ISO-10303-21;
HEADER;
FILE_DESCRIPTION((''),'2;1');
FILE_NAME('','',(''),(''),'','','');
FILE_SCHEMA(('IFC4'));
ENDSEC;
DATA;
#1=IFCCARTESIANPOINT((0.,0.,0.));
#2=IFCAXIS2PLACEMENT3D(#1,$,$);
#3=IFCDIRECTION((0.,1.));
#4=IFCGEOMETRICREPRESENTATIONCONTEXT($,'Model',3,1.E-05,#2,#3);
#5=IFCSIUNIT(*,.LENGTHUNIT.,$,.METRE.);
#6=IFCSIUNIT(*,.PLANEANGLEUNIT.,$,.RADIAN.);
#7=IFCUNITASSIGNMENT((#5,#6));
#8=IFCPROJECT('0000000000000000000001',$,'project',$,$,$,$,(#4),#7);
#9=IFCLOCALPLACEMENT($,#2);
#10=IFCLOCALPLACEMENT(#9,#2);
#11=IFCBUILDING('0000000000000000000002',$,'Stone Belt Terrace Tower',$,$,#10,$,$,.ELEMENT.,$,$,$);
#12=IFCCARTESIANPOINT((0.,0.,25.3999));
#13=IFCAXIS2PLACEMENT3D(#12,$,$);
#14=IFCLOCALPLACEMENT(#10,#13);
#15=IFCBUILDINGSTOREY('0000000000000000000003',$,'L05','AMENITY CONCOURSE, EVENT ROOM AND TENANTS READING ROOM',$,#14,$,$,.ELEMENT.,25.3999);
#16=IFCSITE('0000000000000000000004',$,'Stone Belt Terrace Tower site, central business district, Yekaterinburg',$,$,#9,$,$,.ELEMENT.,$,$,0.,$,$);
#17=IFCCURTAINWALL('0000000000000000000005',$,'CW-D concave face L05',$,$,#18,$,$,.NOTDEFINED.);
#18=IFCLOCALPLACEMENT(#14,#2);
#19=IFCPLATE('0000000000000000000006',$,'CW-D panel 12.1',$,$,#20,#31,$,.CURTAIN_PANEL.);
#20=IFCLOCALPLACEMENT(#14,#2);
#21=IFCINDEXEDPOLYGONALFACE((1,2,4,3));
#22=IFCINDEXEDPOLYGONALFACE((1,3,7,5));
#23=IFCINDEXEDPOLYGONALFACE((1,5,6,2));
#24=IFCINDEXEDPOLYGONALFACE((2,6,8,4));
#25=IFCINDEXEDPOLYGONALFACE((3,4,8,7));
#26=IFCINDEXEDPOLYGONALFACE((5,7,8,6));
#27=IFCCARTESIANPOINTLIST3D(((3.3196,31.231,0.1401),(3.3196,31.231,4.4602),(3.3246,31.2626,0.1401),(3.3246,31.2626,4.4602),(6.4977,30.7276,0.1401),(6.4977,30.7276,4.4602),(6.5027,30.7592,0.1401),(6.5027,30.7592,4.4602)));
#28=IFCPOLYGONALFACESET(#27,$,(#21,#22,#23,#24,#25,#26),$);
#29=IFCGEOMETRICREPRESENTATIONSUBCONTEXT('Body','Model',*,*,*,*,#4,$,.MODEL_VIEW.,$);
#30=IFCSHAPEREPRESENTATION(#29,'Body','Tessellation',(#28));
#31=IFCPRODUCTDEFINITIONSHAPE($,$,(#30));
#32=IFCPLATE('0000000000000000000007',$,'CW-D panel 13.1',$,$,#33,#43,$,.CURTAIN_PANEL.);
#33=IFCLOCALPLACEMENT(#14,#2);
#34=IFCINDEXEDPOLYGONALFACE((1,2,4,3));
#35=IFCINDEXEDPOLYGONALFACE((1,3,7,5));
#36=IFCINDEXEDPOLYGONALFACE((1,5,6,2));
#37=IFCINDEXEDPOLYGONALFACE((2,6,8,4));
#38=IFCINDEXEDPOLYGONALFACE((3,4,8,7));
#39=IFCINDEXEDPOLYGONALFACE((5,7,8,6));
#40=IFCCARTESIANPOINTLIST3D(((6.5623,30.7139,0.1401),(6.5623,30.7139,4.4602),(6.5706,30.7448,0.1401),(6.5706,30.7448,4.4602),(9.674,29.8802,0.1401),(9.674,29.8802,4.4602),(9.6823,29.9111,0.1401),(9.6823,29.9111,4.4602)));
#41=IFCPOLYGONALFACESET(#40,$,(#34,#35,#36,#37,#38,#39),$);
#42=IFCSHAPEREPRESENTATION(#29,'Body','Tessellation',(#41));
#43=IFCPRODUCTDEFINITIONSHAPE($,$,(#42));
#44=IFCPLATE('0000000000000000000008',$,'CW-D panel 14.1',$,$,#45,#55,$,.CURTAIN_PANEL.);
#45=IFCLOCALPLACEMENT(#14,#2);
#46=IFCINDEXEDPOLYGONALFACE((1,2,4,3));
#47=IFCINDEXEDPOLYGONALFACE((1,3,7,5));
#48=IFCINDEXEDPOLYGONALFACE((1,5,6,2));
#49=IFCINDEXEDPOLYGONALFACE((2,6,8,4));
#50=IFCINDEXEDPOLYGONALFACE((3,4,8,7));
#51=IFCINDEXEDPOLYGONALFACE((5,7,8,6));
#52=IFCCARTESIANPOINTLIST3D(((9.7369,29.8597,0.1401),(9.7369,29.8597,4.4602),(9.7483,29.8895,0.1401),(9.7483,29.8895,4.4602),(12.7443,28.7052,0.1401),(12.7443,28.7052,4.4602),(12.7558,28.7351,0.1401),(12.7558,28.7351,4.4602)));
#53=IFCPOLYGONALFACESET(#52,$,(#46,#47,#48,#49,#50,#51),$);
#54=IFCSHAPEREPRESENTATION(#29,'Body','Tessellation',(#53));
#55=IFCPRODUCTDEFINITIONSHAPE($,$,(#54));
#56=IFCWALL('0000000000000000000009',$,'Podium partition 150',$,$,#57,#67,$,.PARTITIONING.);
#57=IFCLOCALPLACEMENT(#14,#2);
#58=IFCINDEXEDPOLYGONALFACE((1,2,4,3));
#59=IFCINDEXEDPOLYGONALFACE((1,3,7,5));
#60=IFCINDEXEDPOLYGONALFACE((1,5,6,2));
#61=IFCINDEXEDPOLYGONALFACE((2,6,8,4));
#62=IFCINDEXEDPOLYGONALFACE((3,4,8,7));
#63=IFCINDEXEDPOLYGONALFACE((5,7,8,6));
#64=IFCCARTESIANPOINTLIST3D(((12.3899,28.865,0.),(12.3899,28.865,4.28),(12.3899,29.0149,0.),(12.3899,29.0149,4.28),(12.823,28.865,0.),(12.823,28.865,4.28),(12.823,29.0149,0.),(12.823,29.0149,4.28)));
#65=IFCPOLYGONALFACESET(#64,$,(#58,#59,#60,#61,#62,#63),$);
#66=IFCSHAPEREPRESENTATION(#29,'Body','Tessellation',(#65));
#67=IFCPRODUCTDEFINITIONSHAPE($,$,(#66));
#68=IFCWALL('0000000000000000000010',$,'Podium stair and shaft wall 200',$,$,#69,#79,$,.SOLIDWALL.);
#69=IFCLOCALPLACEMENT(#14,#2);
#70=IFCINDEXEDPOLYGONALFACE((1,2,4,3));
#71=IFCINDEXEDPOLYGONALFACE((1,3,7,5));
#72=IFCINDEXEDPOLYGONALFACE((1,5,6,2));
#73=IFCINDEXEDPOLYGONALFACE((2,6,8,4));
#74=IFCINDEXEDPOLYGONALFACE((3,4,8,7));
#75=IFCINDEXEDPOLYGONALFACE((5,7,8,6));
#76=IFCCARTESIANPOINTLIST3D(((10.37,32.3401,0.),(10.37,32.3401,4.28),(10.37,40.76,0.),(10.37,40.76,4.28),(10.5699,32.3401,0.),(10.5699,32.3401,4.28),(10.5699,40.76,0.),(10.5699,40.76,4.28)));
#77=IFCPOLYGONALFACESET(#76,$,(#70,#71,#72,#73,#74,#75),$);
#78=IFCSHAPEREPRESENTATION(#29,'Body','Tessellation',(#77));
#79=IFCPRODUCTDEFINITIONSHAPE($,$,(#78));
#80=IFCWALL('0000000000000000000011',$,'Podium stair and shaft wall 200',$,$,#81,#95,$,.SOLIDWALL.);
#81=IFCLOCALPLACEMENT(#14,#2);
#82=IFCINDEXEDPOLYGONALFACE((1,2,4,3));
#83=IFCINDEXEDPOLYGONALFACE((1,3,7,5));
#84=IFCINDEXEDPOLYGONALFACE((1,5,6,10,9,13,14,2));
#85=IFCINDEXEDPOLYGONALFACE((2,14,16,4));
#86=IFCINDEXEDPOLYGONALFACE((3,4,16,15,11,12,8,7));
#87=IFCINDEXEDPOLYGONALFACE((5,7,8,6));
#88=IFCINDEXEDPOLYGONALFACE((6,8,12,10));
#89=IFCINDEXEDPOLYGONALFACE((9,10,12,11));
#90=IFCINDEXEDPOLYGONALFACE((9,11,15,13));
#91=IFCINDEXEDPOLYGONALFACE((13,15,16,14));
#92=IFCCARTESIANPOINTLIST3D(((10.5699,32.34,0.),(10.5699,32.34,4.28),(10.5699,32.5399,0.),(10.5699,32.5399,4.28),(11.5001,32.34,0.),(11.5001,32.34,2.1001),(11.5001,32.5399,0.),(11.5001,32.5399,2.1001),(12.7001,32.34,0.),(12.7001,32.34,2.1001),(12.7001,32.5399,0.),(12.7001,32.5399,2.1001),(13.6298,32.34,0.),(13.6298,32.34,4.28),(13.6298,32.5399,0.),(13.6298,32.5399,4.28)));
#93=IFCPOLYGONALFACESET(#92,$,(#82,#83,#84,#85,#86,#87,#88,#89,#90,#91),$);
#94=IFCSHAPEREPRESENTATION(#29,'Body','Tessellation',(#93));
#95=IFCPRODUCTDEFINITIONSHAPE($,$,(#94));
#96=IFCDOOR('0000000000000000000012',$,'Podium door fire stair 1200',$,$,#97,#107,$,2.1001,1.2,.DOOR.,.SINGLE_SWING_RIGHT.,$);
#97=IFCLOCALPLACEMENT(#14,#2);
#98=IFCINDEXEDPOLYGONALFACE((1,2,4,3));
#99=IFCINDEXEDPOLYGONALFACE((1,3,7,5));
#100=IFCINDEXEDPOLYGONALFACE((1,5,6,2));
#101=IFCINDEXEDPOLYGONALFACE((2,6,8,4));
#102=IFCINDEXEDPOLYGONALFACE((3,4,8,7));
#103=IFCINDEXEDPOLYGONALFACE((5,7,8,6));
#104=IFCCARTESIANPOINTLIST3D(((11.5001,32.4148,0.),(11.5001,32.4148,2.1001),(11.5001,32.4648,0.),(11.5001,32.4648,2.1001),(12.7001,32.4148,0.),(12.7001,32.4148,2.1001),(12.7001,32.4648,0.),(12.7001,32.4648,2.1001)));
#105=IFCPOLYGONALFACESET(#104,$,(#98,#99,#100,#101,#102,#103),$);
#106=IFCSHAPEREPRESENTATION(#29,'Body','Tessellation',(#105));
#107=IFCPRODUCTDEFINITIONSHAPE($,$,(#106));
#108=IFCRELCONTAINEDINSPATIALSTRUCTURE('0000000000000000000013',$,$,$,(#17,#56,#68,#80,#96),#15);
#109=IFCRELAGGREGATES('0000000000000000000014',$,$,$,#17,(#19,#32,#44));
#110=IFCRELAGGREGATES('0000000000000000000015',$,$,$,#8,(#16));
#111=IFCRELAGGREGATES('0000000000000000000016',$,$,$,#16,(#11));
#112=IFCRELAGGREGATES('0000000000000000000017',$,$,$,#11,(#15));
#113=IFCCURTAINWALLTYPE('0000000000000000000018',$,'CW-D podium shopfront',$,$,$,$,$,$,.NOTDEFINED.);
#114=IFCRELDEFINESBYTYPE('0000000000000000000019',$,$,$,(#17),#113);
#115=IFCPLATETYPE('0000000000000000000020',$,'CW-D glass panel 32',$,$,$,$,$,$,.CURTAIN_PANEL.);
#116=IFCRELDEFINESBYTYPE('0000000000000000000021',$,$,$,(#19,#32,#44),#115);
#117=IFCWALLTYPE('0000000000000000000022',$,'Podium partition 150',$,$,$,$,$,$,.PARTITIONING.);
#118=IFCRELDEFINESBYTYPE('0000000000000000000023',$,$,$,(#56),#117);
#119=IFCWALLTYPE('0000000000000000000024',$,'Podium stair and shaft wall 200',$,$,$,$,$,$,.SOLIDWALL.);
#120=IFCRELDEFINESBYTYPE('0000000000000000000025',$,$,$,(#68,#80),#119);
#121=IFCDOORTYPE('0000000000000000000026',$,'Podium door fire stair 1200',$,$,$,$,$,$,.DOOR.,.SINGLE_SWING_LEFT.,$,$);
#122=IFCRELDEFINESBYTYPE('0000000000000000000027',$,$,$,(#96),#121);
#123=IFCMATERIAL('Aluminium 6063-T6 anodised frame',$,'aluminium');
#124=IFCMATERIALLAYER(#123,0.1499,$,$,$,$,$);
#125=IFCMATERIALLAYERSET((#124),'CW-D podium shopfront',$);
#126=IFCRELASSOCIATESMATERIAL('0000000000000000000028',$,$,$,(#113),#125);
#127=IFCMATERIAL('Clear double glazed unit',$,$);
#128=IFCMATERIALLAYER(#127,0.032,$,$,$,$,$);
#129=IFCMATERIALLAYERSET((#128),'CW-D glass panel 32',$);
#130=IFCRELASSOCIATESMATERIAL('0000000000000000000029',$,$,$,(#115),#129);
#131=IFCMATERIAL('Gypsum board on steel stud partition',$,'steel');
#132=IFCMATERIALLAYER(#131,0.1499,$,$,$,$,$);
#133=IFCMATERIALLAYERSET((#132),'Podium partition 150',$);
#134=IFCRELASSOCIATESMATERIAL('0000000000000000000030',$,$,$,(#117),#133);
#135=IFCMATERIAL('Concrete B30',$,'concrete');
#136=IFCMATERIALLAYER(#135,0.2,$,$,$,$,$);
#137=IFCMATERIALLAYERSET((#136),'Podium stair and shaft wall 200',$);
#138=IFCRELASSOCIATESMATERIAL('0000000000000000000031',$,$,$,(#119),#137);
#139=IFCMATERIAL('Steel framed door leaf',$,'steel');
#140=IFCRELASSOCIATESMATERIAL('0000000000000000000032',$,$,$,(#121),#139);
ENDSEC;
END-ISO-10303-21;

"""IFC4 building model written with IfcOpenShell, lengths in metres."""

from ifc_helpers import new_model, si_unit, direction, frame, frame_2d, origin, origin_2d, place, context, subcontext, project, spatial, rectangle, extrude, material, layer, layer_set, type_object, element, fill, aggregate, save


model = new_model("IFC4")

# Units and contexts
model_context = context("Model", 3, precision=1e-05, world=origin(), true_north=direction((0.0, 1.0)))
body_context = subcontext(model_context, "Body", "Model", "MODEL_VIEW")
ifc_project = project(units=[si_unit("LENGTHUNIT", "METRE"), si_unit("PLANEANGLEUNIT", "RADIAN")], contexts=[model_context])

# Site, building, storey
site_placement = place(None, origin())
site = spatial("IfcSite", under=ifc_project, at=site_placement, Name="Stone Belt Terrace Tower site, central business district, Yekaterinburg", CompositionType="ELEMENT", RefElevation=0.0)
building_placement = place(site_placement, origin())
building = spatial("IfcBuilding", under=site, at=building_placement, Name="Stone Belt Terrace Tower", CompositionType="ELEMENT")
storey_placement = place(building_placement, frame((0.0, 0.0, 25.3999)))
storey = spatial("IfcBuildingStorey", under=building, at=storey_placement, Name="L05", Description="AMENITY CONCOURSE, EVENT ROOM AND TENANTS READING ROOM", CompositionType="ELEMENT", Elevation=25.3999)

# Curtain wall, plates
ifc_material_1 = material(Name="Aluminium 6063-T6 anodised frame", Category="aluminium")
ifc_layer_1 = layer(ifc_material_1, 0.1499)
ifc_layer_set_1 = layer_set([ifc_layer_1], Name="CW-D podium shopfront")
curtain_wall_type = type_object("IfcCurtainWallType", Name="CW-D podium shopfront", PredefinedType="NOTDEFINED", material=ifc_layer_set_1)
curtain_wall_placement = place(storey_placement, origin())
curtain_wall = element("IfcCurtainWall", 1, at=curtain_wall_placement, inside=storey, type_object=curtain_wall_type, Name="CW-D concave face L05", PredefinedType="NOTDEFINED")
ifc_material_2 = material(Name="Clear double glazed unit")
ifc_layer_2 = layer(ifc_material_2, 0.032)
ifc_layer_set_2 = layer_set([ifc_layer_2], Name="CW-D glass panel 32")
plate_type = type_object("IfcPlateType", Name="CW-D glass panel 32", PredefinedType="CURTAIN_PANEL", material=ifc_layer_set_2)
plate_1_placement = place(storey_placement, frame((4.9111, 30.9951, 0.1401), z_axis=(0.0, 0.0, 1.0), x_axis=(0.987688, -0.156434, 0.0)))
plate_1 = element("IfcPlate", 2, at=plate_1_placement, type_object=plate_type, Name="CW-D panel 12.1", PredefinedType="CURTAIN_PANEL", context=body_context, shape_type="SweptSolid", body=[
    extrude(rectangle(XDim=3.2178, YDim=0.032, at=origin_2d()), origin(), (0.0, 0.0, 1.0), 4.3201),
])
plate_2_placement = place(storey_placement, frame((8.1223, 30.3125, 0.1401), z_axis=(0.0, 0.0, 1.0), x_axis=(0.965926, -0.258819, 0.0)))
plate_2 = element("IfcPlate", 3, at=plate_2_placement, type_object=plate_type, Name="CW-D panel 13.1", PredefinedType="CURTAIN_PANEL", context=body_context, shape_type="SweptSolid", body=[
    extrude(rectangle(XDim=3.2214, YDim=0.032, at=origin_2d()), origin(), (0.0, 0.0, 1.0), 4.3201),
])
plate_3_placement = place(storey_placement, frame((11.2463, 29.2974, 0.1401), z_axis=(0.0, 0.0, 1.0), x_axis=(0.93358, -0.358368, 0.0)))
plate_3 = element("IfcPlate", 4, at=plate_3_placement, type_object=plate_type, Name="CW-D panel 14.1", PredefinedType="CURTAIN_PANEL", context=body_context, shape_type="SweptSolid", body=[
    extrude(rectangle(XDim=3.2214, YDim=0.032, at=origin_2d()), origin(), (0.0, 0.0, 1.0), 4.3201),
])
aggregate(curtain_wall, [plate_1, plate_2, plate_3])

# Walls
ifc_material_3 = material(Name="Gypsum board on steel stud partition", Category="steel")
ifc_layer_3 = layer(ifc_material_3, 0.1499)
ifc_layer_set_3 = layer_set([ifc_layer_3], Name="Podium partition 150")
wall_type_1 = type_object("IfcWallType", Name="Podium partition 150", PredefinedType="PARTITIONING", material=ifc_layer_set_3)
wall_1_placement = place(storey_placement, frame((12.3899, 28.9399, 0.0), z_axis=(0.0, 0.0, 1.0), x_axis=(1.0, 0.0, 0.0)))
element("IfcWall", 5, at=wall_1_placement, inside=storey, type_object=wall_type_1, Name="Podium partition 150", PredefinedType="PARTITIONING", context=body_context, shape_type="SweptSolid", body=[
    extrude(rectangle(XDim=0.4331, YDim=0.1499, at=frame_2d((0.2166, 0.0))), origin(), (0.0, 0.0, 1.0), 4.28),
])
ifc_material_4 = material(Name="Concrete B30", Category="concrete")
ifc_layer_4 = layer(ifc_material_4, 0.2)
ifc_layer_set_4 = layer_set([ifc_layer_4], Name="Podium stair and shaft wall 200")
wall_type_2 = type_object("IfcWallType", Name="Podium stair and shaft wall 200", PredefinedType="SOLIDWALL", material=ifc_layer_set_4)
wall_2_placement = place(storey_placement, frame((10.47, 32.3401, 0.0), z_axis=(0.0, 0.0, 1.0), x_axis=(0.0, 1.0, 0.0)))
element("IfcWall", 6, at=wall_2_placement, inside=storey, type_object=wall_type_2, Name="Podium stair and shaft wall 200", PredefinedType="SOLIDWALL", context=body_context, shape_type="SweptSolid", body=[
    extrude(rectangle(XDim=8.4199, YDim=0.2, at=frame_2d((4.21, 0.0))), origin(), (0.0, 0.0, 1.0), 4.28),
])

# Wall, opening, door
wall_3_placement = place(storey_placement, frame((10.5701, 32.4399, 0.0), z_axis=(0.0, 0.0, 1.0), x_axis=(1.0, 0.0, 0.0)))
wall_3 = element("IfcWall", 7, at=wall_3_placement, inside=storey, type_object=wall_type_2, Name="Podium stair and shaft wall 200", PredefinedType="SOLIDWALL", context=body_context, shape_type="SweptSolid", body=[
    extrude(rectangle(XDim=3.0598, YDim=0.2, at=frame_2d((1.5298, 0.0))), origin(), (0.0, 0.0, 1.0), 4.28),
])
opening_placement = place(wall_3_placement, frame((0.9299, 0.0, 0.0)))
opening = element("IfcOpeningElement", 8, at=opening_placement, cuts=wall_3, PredefinedType="OPENING", context=body_context, shape_type="SweptSolid", body=[
    extrude(rectangle(XDim=1.2, YDim=2.1001, at=frame_2d((0.6001, 1.05))), frame((0.0, 0.1099, 0.0), z_axis=(0.0, -1.0, 0.0), x_axis=(1.0, 0.0, 0.0)), (0.0, 0.0, 1.0), 0.22),
])
ifc_material_5 = material(Name="Steel framed door leaf", Category="steel")
door_type = type_object("IfcDoorType", Name="Podium door fire stair 1200", OperationType="SINGLE_SWING_LEFT", PredefinedType="DOOR", material=ifc_material_5)
door_placement = place(opening_placement, origin())
door = element("IfcDoor", 9, at=door_placement, inside=storey, type_object=door_type, Name="Podium door fire stair 1200", OperationType="SINGLE_SWING_RIGHT", OverallHeight=2.1001, OverallWidth=1.2, PredefinedType="DOOR", context=body_context, shape_type="SweptSolid", body=[
    extrude(rectangle(XDim=1.2, YDim=2.1001, at=frame_2d((0.6001, 1.05))), frame((0.0, 0.0249, 0.0), z_axis=(0.0, -1.0, 0.0), x_axis=(1.0, 0.0, 0.0)), (0.0, 0.0, 1.0), 0.05),
])
fill(opening, door)

save(model, "model.ifc")
